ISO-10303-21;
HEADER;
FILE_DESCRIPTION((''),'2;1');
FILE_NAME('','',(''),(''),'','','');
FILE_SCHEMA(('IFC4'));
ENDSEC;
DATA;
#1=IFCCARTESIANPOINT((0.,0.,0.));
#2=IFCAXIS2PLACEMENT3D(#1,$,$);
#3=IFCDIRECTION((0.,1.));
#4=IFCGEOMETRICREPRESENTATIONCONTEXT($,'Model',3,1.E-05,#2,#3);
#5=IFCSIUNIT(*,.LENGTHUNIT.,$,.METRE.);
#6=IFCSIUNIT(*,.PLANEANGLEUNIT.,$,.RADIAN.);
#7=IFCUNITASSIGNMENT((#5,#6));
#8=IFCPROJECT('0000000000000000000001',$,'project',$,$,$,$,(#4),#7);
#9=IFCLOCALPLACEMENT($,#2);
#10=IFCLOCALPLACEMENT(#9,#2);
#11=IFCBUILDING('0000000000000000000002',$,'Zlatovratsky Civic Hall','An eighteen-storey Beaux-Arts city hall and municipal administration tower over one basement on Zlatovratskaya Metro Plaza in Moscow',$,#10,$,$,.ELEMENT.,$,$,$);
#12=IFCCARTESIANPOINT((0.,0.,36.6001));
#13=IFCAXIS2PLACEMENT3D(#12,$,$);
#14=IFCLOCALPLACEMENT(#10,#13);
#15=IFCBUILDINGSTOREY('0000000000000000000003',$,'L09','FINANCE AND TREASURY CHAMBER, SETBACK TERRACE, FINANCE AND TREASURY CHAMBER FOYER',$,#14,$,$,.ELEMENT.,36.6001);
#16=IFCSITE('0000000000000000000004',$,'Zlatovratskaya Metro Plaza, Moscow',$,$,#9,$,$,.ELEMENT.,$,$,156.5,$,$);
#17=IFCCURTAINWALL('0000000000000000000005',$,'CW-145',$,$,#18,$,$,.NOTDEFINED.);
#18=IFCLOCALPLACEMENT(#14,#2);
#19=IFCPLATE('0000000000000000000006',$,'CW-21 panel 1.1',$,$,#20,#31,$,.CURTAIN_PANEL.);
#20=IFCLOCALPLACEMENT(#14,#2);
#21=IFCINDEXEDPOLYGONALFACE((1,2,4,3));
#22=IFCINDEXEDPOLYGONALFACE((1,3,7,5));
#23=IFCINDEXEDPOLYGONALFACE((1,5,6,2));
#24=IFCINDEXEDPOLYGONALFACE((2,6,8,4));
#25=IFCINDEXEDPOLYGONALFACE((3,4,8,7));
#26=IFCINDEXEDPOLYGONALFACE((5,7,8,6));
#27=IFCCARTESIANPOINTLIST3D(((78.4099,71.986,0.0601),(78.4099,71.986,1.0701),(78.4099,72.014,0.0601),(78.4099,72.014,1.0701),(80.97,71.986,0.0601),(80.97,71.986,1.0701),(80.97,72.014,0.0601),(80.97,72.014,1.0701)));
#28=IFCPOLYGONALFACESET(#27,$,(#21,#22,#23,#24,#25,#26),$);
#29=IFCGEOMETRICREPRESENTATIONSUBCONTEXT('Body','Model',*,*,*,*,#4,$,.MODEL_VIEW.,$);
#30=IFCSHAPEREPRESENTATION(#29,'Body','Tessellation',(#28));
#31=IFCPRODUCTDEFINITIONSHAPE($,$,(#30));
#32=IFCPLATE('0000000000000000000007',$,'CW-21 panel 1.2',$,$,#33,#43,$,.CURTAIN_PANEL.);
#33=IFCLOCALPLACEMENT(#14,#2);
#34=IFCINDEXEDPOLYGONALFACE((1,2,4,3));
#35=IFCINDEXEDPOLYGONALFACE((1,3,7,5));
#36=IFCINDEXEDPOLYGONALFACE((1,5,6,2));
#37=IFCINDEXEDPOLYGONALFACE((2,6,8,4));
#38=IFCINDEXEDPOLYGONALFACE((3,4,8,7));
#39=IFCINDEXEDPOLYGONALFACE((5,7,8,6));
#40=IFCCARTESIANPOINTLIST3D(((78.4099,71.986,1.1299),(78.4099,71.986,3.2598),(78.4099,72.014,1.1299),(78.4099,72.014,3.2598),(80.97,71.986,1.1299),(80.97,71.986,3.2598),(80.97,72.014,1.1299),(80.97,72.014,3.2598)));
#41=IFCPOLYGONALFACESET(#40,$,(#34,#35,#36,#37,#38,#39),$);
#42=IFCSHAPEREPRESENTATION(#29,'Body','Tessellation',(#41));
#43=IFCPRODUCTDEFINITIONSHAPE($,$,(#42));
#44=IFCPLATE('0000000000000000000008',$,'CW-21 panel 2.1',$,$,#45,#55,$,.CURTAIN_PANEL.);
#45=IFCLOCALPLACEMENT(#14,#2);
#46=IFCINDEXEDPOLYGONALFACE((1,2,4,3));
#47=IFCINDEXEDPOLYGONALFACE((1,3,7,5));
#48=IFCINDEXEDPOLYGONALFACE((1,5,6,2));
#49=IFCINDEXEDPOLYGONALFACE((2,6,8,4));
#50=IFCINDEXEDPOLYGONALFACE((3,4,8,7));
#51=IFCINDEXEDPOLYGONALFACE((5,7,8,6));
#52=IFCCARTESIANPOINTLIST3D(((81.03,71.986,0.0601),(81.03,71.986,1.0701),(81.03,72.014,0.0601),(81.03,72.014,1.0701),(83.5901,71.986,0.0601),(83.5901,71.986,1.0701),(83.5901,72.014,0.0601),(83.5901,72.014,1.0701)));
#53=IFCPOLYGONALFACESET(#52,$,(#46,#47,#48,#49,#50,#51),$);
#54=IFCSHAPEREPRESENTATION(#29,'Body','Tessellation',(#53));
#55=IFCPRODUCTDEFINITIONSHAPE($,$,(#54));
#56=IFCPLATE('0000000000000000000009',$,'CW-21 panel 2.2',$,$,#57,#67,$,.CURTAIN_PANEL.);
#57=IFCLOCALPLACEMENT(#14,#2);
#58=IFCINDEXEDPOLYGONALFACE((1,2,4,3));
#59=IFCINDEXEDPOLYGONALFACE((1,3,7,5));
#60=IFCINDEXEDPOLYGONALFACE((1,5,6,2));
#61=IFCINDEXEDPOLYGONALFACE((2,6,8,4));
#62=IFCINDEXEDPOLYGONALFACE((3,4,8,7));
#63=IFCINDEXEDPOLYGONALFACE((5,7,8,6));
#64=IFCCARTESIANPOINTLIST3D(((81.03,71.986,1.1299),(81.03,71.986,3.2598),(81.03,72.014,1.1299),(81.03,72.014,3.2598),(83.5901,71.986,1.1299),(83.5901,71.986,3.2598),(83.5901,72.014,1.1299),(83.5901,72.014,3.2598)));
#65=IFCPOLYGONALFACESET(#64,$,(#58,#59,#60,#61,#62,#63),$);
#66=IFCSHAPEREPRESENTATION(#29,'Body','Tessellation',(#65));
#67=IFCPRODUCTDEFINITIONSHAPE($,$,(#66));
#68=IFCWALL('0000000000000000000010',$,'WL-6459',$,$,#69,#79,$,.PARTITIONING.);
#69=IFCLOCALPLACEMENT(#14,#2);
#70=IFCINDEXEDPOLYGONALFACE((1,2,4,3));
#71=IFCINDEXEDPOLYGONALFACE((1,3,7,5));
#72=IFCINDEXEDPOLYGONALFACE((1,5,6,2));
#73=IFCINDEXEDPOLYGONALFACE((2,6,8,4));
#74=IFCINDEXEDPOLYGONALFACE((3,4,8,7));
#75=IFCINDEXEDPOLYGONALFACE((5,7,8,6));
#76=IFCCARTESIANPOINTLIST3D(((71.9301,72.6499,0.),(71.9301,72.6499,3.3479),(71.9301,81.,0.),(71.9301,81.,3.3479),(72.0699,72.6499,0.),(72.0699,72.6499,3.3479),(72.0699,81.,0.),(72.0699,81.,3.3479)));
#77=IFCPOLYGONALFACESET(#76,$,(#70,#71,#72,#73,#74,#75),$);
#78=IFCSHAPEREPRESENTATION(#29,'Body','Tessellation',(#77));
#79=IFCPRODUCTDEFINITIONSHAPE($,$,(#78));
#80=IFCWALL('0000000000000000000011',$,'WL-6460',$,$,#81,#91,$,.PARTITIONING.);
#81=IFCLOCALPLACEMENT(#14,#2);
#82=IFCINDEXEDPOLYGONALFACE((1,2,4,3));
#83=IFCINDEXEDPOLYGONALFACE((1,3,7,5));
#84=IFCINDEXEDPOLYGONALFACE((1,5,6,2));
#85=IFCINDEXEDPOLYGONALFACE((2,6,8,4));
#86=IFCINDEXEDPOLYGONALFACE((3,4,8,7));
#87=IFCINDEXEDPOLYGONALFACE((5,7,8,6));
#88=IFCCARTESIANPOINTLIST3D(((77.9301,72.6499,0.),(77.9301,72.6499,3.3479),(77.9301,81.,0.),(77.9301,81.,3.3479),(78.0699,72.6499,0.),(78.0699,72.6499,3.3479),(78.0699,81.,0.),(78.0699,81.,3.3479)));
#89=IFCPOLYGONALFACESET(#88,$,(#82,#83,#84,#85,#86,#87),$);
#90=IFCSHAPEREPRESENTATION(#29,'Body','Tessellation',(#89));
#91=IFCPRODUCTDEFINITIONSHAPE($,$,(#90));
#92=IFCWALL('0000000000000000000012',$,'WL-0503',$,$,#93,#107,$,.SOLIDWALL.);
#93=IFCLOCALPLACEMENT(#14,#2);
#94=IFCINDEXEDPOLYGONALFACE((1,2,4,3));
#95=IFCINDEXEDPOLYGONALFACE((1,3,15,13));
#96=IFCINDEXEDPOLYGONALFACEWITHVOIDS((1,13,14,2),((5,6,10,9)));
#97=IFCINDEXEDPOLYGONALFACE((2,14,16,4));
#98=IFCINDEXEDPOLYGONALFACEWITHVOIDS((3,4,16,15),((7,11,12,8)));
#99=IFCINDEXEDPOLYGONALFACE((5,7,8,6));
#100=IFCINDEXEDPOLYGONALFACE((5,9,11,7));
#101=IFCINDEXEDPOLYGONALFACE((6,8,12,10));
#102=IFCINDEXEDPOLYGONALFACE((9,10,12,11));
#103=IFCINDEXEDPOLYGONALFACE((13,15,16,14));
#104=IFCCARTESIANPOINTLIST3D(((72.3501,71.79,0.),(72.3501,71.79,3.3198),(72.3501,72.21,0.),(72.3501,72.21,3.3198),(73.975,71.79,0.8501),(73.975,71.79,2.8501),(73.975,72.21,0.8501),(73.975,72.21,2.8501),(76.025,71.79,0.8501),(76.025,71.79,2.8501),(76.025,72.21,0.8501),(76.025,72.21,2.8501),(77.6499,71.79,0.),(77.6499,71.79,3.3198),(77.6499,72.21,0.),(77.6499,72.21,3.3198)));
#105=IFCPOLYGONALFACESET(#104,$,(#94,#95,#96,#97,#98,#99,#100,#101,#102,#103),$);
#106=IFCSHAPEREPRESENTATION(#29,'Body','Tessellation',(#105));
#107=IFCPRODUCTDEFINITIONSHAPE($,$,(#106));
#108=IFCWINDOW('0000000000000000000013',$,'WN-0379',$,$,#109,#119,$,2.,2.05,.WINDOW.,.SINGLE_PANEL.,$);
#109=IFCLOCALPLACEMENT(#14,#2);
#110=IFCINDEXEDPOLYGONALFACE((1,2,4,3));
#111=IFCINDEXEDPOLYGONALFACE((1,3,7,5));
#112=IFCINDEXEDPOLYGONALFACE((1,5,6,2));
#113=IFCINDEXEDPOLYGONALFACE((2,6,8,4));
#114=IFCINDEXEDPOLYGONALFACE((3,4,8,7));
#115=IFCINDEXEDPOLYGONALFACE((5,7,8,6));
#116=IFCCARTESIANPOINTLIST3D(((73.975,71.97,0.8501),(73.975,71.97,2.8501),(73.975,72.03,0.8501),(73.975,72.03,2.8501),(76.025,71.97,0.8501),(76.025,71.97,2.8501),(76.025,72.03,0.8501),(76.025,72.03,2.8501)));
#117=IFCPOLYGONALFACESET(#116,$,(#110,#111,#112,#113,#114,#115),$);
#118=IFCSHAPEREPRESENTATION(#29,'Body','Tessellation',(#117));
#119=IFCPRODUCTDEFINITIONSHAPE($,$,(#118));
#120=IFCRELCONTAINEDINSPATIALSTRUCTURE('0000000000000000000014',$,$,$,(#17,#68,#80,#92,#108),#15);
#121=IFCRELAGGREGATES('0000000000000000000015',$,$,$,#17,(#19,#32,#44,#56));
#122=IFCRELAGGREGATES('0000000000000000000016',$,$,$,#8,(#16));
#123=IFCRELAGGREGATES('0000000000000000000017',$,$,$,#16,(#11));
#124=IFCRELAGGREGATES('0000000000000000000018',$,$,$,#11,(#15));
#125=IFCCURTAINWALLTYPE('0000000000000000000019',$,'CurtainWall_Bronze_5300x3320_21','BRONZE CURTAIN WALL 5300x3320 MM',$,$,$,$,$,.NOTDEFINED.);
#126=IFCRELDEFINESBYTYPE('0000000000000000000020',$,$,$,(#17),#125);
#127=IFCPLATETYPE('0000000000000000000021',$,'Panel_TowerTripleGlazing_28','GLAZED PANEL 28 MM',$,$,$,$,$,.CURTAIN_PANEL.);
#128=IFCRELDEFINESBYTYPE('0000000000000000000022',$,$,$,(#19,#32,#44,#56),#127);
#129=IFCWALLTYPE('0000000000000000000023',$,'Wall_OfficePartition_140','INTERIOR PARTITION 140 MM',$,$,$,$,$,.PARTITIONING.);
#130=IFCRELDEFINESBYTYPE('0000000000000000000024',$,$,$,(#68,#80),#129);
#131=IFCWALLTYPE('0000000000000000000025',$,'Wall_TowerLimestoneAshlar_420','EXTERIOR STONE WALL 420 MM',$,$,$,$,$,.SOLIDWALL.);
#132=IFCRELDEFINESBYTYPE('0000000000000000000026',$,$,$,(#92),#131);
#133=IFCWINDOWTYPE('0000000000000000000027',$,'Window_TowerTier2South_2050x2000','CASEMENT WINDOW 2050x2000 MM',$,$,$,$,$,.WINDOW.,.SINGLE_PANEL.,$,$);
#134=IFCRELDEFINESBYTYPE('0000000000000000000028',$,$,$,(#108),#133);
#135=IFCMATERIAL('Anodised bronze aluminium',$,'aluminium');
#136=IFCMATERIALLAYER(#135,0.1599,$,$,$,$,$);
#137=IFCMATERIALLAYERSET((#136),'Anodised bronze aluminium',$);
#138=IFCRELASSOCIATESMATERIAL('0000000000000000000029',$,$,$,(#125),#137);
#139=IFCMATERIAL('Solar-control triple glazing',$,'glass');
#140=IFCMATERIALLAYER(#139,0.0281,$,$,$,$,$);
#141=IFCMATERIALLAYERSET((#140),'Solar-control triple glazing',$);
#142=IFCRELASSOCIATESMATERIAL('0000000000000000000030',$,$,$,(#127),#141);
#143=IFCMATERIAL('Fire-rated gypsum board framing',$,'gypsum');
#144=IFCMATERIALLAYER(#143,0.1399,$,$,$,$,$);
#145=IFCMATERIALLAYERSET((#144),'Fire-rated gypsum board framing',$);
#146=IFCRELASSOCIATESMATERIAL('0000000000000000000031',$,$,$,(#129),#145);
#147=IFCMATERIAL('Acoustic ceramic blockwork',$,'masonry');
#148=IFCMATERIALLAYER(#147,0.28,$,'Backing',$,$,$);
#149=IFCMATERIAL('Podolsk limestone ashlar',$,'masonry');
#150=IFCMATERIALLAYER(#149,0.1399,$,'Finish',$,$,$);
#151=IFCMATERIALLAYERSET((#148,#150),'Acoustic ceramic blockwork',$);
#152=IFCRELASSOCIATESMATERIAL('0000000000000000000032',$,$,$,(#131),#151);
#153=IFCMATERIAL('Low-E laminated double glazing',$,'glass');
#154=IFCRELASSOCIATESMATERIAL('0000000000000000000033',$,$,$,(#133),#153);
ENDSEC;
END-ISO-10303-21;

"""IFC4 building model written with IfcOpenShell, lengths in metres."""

from ifc_helpers import new_model, si_unit, direction, frame, frame_2d, origin, origin_2d, place, context, subcontext, project, spatial, rectangle, extrude, material, layer, layer_set, type_object, element, fill, aggregate, save


model = new_model("IFC4")

# Units and contexts
model_context = context("Model", 3, precision=1e-05, world=origin(), true_north=direction((0.0, 1.0)))
body_context = subcontext(model_context, "Body", "Model", "MODEL_VIEW")
ifc_project = project(units=[si_unit("LENGTHUNIT", "METRE"), si_unit("PLANEANGLEUNIT", "RADIAN")], contexts=[model_context])

# Site, building, storey
site_placement = place(None, origin())
site = spatial("IfcSite", under=ifc_project, at=site_placement, Name="Zlatovratskaya Metro Plaza, Moscow", CompositionType="ELEMENT", RefElevation=156.5)
building_placement = place(site_placement, origin())
building = spatial("IfcBuilding", under=site, at=building_placement, Name="Zlatovratsky Civic Hall", Description="An eighteen-storey Beaux-Arts city hall and municipal administration tower over one basement on Zlatovratskaya Metro Plaza in Moscow", CompositionType="ELEMENT")
storey_placement = place(building_placement, frame((0.0, 0.0, 36.6001)))
storey = spatial("IfcBuildingStorey", under=building, at=storey_placement, Name="L09", Description="FINANCE AND TREASURY CHAMBER, SETBACK TERRACE, FINANCE AND TREASURY CHAMBER FOYER", CompositionType="ELEMENT", Elevation=36.6001)

# Curtain wall, plates
ifc_material_1 = material(Name="Anodised bronze aluminium", Category="aluminium")
ifc_layer_1 = layer(ifc_material_1, 0.1599)
ifc_layer_set_1 = layer_set([ifc_layer_1], Name="Anodised bronze aluminium")
curtain_wall_type = type_object("IfcCurtainWallType", Name="CurtainWall_Bronze_5300x3320_21", Description="BRONZE CURTAIN WALL 5300x3320 MM", PredefinedType="NOTDEFINED", material=ifc_layer_set_1)
curtain_wall_placement = place(storey_placement, origin())
curtain_wall = element("IfcCurtainWall", 1, at=curtain_wall_placement, inside=storey, type_object=curtain_wall_type, Name="CW-145", PredefinedType="NOTDEFINED")
ifc_material_2 = material(Name="Solar-control triple glazing", Category="glass")
ifc_layer_2 = layer(ifc_material_2, 0.0281)
ifc_layer_set_2 = layer_set([ifc_layer_2], Name="Solar-control triple glazing")
plate_type = type_object("IfcPlateType", Name="Panel_TowerTripleGlazing_28", Description="GLAZED PANEL 28 MM", PredefinedType="CURTAIN_PANEL", material=ifc_layer_set_2)
plate_1_placement = place(storey_placement, frame((79.6899, 72.0, 0.0601), z_axis=(0.0, 0.0, 1.0), x_axis=(1.0, 0.0, 0.0)))
plate_1 = element("IfcPlate", 2, at=plate_1_placement, type_object=plate_type, Name="CW-21 panel 1.1", PredefinedType="CURTAIN_PANEL", context=body_context, shape_type="SweptSolid", body=[
    extrude(rectangle(XDim=2.5601, YDim=0.0281, at=origin_2d()), origin(), (0.0, 0.0, 1.0), 1.01),
])
plate_2_placement = place(storey_placement, frame((79.6899, 72.0, 1.1299), z_axis=(0.0, 0.0, 1.0), x_axis=(1.0, 0.0, 0.0)))
plate_2 = element("IfcPlate", 3, at=plate_2_placement, type_object=plate_type, Name="CW-21 panel 1.2", PredefinedType="CURTAIN_PANEL", context=body_context, shape_type="SweptSolid", body=[
    extrude(rectangle(XDim=2.5601, YDim=0.0281, at=origin_2d()), origin(), (0.0, 0.0, 1.0), 2.1299),
])
plate_3_placement = place(storey_placement, frame((82.3101, 72.0, 0.0601), z_axis=(0.0, 0.0, 1.0), x_axis=(1.0, 0.0, 0.0)))
plate_3 = element("IfcPlate", 4, at=plate_3_placement, type_object=plate_type, Name="CW-21 panel 2.1", PredefinedType="CURTAIN_PANEL", context=body_context, shape_type="SweptSolid", body=[
    extrude(rectangle(XDim=2.5601, YDim=0.0281, at=origin_2d()), origin(), (0.0, 0.0, 1.0), 1.01),
])
plate_4_placement = place(storey_placement, frame((82.3101, 72.0, 1.1299), z_axis=(0.0, 0.0, 1.0), x_axis=(1.0, 0.0, 0.0)))
plate_4 = element("IfcPlate", 5, at=plate_4_placement, type_object=plate_type, Name="CW-21 panel 2.2", PredefinedType="CURTAIN_PANEL", context=body_context, shape_type="SweptSolid", body=[
    extrude(rectangle(XDim=2.5601, YDim=0.0281, at=origin_2d()), origin(), (0.0, 0.0, 1.0), 2.1299),
])
aggregate(curtain_wall, [plate_1, plate_2, plate_3, plate_4])

# Walls
ifc_material_3 = material(Name="Fire-rated gypsum board framing", Category="gypsum")
ifc_layer_3 = layer(ifc_material_3, 0.1399)
ifc_layer_set_3 = layer_set([ifc_layer_3], Name="Fire-rated gypsum board framing")
wall_type_1 = type_object("IfcWallType", Name="Wall_OfficePartition_140", Description="INTERIOR PARTITION 140 MM", PredefinedType="PARTITIONING", material=ifc_layer_set_3)
for number, where, z_axis, x_axis, name in (
    (6, (72.0, 72.6499, 0.0), (0.0, 0.0, 1.0), (0.0, 1.0, 0.0), "WL-6459"),
    (7, (78.0, 72.6499, 0.0), (0.0, 0.0, 1.0), (0.0, 1.0, 0.0), "WL-6460"),
):
    element("IfcWall", number, at=place(storey_placement, frame(where, z_axis=z_axis, x_axis=x_axis)), inside=storey, type_object=wall_type_1, Name=name, PredefinedType="PARTITIONING", context=body_context, shape_type="SweptSolid", body=[
        extrude(rectangle(XDim=8.3501, YDim=0.1399, at=frame_2d((4.175, 0.0))), origin(), (0.0, 0.0, 1.0), 3.3479),
    ])

# Wall, opening, window
ifc_material_4 = material(Name="Acoustic ceramic blockwork", Category="masonry")
ifc_layer_4 = layer(ifc_material_4, 0.28, Name="Backing")
ifc_material_5 = material(Name="Podolsk limestone ashlar", Category="masonry")
ifc_layer_5 = layer(ifc_material_5, 0.1399, Name="Finish")
ifc_layer_set_4 = layer_set([ifc_layer_4, ifc_layer_5], Name="Acoustic ceramic blockwork")
wall_type_2 = type_object("IfcWallType", Name="Wall_TowerLimestoneAshlar_420", Description="EXTERIOR STONE WALL 420 MM", PredefinedType="SOLIDWALL", material=ifc_layer_set_4)
wall_placement = place(storey_placement, frame((72.3501, 72.0, 0.0), z_axis=(0.0, 0.0, 1.0), x_axis=(1.0, 0.0, 0.0)))
wall = element("IfcWall", 8, at=wall_placement, inside=storey, type_object=wall_type_2, Name="WL-0503", PredefinedType="SOLIDWALL", context=body_context, shape_type="SweptSolid", body=[
    extrude(rectangle(XDim=5.2998, YDim=0.4199, at=frame_2d((2.6499, 0.0))), origin(), (0.0, 0.0, 1.0), 3.3198),
])
opening_placement = place(wall_placement, frame((1.625, 0.0, 0.8501)))
opening = element("IfcOpeningElement", 9, at=opening_placement, cuts=wall, PredefinedType="OPENING", context=body_context, shape_type="SweptSolid", body=[
    extrude(rectangle(XDim=2.05, YDim=2.0, at=frame_2d((1.0249, 1.0))), frame((0.0, 0.2249, 0.0), z_axis=(0.0, -1.0, 0.0), x_axis=(1.0, 0.0, 0.0)), (0.0, 0.0, 1.0), 0.4497),
])
ifc_material_6 = material(Name="Low-E laminated double glazing", Category="glass")
window_type = type_object("IfcWindowType", Name="Window_TowerTier2South_2050x2000", Description="CASEMENT WINDOW 2050x2000 MM", PartitioningType="SINGLE_PANEL", PredefinedType="WINDOW", material=ifc_material_6)
window_placement = place(opening_placement, origin())
window = element("IfcWindow", 10, at=window_placement, inside=storey, type_object=window_type, Name="WN-0379", OverallHeight=2.0, OverallWidth=2.05, PartitioningType="SINGLE_PANEL", PredefinedType="WINDOW", context=body_context, shape_type="SweptSolid", body=[
    extrude(rectangle(XDim=2.05, YDim=2.0, at=frame_2d((1.0249, 1.0))), frame((0.0, 0.03, 0.0), z_axis=(0.0, -1.0, 0.0), x_axis=(1.0, 0.0, 0.0)), (0.0, 0.0, 1.0), 0.0601),
])
fill(opening, window)

save(model, "model.ifc")
